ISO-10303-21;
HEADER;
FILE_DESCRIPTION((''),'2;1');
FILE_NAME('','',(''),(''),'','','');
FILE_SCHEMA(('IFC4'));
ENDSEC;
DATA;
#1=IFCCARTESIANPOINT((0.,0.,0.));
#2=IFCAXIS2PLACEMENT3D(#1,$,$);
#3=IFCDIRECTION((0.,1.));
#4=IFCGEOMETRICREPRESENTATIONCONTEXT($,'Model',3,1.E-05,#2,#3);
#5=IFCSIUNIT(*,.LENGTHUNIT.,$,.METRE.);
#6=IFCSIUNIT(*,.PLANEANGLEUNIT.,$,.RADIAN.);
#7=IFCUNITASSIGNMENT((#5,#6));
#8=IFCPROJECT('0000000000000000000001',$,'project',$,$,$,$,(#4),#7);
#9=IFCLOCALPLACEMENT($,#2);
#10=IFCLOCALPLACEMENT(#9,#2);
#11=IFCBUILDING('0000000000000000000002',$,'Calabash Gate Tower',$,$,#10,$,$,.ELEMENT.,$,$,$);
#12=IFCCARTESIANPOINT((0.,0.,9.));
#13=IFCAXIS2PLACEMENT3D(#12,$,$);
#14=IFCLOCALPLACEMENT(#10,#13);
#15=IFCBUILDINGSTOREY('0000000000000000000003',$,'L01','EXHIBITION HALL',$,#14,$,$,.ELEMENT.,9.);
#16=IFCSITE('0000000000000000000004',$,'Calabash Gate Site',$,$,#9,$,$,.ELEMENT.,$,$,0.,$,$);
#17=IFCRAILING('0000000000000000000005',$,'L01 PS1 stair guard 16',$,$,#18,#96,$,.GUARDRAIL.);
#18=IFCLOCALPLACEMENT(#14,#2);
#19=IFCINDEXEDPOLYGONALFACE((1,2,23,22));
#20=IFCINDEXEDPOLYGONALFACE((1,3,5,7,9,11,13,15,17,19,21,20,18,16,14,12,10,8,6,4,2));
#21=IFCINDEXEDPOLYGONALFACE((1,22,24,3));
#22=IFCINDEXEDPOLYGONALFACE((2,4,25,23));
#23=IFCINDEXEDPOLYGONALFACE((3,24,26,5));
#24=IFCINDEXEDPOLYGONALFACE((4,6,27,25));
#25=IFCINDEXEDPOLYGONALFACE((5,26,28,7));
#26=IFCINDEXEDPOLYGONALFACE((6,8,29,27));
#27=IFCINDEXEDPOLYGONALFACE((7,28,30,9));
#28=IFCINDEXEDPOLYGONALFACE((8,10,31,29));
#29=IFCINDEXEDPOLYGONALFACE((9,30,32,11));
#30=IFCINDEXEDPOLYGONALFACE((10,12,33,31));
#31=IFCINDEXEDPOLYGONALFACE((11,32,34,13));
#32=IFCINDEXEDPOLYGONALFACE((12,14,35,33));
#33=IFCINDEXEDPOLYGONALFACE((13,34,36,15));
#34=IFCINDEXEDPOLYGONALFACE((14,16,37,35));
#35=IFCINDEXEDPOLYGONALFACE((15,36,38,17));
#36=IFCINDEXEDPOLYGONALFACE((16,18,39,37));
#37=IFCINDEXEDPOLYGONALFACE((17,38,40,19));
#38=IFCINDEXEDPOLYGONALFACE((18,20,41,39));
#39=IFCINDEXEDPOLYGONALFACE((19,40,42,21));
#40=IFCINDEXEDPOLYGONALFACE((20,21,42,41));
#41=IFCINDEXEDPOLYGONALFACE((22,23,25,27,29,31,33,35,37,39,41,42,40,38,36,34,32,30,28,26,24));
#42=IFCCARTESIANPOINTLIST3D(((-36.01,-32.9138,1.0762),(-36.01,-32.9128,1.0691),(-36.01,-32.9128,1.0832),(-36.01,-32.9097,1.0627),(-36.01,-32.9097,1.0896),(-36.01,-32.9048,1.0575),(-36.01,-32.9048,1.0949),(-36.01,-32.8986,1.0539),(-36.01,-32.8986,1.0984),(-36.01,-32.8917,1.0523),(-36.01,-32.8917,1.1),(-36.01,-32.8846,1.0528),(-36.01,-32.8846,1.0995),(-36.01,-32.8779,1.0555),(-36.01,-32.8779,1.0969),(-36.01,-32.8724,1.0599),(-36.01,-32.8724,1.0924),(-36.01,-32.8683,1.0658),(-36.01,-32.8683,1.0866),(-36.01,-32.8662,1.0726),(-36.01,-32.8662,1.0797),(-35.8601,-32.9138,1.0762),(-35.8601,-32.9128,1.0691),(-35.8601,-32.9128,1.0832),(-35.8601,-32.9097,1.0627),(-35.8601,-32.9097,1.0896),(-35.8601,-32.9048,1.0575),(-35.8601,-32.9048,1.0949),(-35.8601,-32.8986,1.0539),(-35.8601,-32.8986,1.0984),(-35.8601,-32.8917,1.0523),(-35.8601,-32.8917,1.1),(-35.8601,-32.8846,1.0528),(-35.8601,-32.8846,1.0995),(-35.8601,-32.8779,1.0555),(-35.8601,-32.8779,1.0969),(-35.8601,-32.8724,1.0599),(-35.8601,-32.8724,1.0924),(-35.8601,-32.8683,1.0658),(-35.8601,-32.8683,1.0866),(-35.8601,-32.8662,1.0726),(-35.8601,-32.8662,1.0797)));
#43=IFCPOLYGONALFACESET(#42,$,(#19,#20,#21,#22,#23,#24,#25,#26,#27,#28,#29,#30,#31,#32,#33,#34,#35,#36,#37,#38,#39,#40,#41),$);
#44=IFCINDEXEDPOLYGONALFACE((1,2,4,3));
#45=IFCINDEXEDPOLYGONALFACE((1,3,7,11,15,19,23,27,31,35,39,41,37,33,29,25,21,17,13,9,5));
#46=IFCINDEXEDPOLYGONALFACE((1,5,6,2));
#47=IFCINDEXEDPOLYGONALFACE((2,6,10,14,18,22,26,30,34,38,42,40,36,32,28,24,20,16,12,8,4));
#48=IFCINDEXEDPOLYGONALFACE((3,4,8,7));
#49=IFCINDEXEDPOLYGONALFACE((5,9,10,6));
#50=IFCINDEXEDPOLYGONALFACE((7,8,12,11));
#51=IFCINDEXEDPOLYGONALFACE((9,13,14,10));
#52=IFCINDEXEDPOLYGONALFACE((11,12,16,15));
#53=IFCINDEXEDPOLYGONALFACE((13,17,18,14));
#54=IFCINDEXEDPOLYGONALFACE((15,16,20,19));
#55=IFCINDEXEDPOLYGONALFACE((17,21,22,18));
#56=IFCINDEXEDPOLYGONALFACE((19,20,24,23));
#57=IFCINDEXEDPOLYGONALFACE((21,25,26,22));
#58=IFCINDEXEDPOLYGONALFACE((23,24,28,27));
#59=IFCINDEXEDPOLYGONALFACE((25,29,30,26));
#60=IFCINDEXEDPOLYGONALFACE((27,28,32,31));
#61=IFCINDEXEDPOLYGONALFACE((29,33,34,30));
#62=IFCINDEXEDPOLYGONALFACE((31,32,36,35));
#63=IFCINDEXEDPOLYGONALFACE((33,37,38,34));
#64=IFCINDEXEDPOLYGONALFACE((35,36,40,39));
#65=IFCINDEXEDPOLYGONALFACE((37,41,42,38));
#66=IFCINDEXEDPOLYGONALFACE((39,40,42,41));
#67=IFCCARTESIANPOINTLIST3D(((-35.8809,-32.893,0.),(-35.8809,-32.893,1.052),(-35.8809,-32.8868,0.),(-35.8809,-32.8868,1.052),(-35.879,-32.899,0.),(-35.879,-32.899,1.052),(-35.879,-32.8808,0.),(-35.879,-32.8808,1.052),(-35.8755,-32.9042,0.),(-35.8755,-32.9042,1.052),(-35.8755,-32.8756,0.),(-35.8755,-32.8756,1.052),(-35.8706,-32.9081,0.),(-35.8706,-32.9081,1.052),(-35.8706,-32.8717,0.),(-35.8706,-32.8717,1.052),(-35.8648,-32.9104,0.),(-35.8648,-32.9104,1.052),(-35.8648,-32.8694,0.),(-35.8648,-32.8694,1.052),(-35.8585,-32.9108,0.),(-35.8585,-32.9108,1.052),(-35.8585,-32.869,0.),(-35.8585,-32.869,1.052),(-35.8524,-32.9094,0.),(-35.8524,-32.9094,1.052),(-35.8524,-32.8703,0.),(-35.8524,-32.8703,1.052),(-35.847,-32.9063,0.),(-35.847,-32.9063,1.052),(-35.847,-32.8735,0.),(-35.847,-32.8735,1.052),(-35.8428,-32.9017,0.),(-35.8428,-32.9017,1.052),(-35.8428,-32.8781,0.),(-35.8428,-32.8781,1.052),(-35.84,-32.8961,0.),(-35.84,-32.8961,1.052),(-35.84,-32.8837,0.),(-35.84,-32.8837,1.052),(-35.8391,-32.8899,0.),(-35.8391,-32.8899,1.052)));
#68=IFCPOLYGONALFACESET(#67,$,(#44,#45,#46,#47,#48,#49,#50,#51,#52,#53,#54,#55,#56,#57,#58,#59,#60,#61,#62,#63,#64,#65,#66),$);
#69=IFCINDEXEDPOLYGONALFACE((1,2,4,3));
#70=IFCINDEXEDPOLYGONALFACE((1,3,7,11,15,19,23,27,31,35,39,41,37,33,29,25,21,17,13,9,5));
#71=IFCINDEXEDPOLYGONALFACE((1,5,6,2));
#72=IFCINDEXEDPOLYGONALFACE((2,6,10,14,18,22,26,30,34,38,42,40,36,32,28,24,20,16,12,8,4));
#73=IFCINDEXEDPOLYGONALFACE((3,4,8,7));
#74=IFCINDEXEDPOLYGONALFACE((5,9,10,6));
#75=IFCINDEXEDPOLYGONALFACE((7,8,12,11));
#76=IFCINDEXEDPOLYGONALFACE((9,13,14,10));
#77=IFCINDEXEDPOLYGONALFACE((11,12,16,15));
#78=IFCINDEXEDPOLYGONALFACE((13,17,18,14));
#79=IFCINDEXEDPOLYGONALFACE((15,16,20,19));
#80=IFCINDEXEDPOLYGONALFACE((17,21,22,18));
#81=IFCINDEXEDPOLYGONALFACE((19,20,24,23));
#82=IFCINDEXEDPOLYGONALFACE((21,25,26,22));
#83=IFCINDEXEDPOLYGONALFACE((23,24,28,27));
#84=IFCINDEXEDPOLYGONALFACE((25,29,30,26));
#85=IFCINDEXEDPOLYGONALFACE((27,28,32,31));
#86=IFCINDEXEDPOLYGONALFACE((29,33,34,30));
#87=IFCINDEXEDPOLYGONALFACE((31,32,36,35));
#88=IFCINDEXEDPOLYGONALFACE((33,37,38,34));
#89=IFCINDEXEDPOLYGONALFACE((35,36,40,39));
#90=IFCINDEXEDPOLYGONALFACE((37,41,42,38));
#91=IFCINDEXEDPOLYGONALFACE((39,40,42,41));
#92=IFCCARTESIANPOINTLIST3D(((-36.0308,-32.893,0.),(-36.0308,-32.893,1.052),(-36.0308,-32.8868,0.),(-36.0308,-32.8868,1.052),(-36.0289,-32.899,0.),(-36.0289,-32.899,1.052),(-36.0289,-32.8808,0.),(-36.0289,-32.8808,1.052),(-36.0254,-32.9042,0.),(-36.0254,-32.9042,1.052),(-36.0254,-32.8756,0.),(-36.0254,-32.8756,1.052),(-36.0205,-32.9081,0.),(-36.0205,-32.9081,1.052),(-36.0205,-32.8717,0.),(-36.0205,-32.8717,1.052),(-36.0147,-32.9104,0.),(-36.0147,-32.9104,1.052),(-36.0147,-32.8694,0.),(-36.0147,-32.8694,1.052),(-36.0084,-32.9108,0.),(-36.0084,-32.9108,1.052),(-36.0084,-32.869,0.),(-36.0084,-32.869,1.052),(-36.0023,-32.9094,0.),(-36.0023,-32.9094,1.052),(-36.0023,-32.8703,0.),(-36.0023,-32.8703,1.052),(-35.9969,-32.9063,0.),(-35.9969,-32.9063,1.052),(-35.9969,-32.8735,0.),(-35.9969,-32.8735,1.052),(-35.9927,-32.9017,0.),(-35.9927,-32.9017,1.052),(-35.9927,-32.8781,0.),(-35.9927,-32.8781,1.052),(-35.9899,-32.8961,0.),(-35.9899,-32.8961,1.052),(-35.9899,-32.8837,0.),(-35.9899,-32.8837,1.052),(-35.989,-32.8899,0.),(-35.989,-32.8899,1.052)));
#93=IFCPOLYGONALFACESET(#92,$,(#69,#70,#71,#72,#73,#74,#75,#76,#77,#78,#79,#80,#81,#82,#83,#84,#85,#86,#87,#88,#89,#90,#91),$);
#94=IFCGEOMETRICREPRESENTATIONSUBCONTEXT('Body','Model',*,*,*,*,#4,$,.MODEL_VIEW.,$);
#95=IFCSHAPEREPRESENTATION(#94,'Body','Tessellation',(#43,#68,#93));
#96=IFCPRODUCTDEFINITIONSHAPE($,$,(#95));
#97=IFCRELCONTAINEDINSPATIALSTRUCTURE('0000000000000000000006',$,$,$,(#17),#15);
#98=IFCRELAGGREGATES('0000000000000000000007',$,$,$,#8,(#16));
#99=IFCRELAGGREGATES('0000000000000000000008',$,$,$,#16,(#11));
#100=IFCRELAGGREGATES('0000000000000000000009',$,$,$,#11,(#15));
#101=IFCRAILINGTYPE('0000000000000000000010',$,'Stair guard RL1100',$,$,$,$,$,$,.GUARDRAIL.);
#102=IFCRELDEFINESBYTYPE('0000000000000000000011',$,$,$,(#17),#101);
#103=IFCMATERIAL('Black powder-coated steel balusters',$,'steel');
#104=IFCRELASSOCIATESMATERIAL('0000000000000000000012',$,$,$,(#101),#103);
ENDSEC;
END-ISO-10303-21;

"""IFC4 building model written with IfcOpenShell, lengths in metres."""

from ifc_helpers import new_model, si_unit, direction, frame, origin, origin_2d, place, context, subcontext, project, spatial, circle, extrude, material, type_object, element, save


model = new_model("IFC4")

# Units and contexts
model_context = context("Model", 3, precision=1e-05, world=origin(), true_north=direction((0.0, 1.0)))
body_context = subcontext(model_context, "Body", "Model", "MODEL_VIEW")
ifc_project = project(units=[si_unit("LENGTHUNIT", "METRE"), si_unit("PLANEANGLEUNIT", "RADIAN")], contexts=[model_context])

# Site, building, storey
site_placement = place(None, origin())
site = spatial("IfcSite", under=ifc_project, at=site_placement, Name="Calabash Gate Site", CompositionType="ELEMENT", RefElevation=0.0)
building_placement = place(site_placement, origin())
building = spatial("IfcBuilding", under=site, at=building_placement, Name="Calabash Gate Tower", CompositionType="ELEMENT")
storey_placement = place(building_placement, frame((0.0, 0.0, 9.0)))
storey = spatial("IfcBuildingStorey", under=building, at=storey_placement, Name="L01", Description="EXHIBITION HALL", CompositionType="ELEMENT", Elevation=9.0)

# Railing
ifc_material_1 = material(Name="Black powder-coated steel balusters", Category="steel")
railing_type = type_object("IfcRailingType", Name="Stair guard RL1100", PredefinedType="GUARDRAIL", material=ifc_material_1)
for number, where, name in (
    (1, (-35.8601, -32.8899, 0.0), "L01 PS1 stair guard 16"),
):
    element("IfcRailing", number, at=place(storey_placement, frame(where)), inside=storey, type_object=railing_type, Name=name, PredefinedType="GUARDRAIL", context=body_context, shape_type="SweptSolid", body=[
        extrude(circle(Radius=0.0239, at=origin_2d()), frame((0.0, 0.0, 1.0762), z_axis=(-1.0, 0.0, 0.0), x_axis=(0.0, -1.0, 0.0)), (0.0, 0.0, 1.0), 0.1499),
        extrude(circle(Radius=0.021, at=origin_2d()), origin(), (0.0, 0.0, 1.0), 1.052),
        extrude(circle(Radius=0.021, at=origin_2d()), frame((-0.1499, 0.0, 0.0)), (0.0, 0.0, 1.0), 1.052),
    ])

save(model, "model.ifc")
